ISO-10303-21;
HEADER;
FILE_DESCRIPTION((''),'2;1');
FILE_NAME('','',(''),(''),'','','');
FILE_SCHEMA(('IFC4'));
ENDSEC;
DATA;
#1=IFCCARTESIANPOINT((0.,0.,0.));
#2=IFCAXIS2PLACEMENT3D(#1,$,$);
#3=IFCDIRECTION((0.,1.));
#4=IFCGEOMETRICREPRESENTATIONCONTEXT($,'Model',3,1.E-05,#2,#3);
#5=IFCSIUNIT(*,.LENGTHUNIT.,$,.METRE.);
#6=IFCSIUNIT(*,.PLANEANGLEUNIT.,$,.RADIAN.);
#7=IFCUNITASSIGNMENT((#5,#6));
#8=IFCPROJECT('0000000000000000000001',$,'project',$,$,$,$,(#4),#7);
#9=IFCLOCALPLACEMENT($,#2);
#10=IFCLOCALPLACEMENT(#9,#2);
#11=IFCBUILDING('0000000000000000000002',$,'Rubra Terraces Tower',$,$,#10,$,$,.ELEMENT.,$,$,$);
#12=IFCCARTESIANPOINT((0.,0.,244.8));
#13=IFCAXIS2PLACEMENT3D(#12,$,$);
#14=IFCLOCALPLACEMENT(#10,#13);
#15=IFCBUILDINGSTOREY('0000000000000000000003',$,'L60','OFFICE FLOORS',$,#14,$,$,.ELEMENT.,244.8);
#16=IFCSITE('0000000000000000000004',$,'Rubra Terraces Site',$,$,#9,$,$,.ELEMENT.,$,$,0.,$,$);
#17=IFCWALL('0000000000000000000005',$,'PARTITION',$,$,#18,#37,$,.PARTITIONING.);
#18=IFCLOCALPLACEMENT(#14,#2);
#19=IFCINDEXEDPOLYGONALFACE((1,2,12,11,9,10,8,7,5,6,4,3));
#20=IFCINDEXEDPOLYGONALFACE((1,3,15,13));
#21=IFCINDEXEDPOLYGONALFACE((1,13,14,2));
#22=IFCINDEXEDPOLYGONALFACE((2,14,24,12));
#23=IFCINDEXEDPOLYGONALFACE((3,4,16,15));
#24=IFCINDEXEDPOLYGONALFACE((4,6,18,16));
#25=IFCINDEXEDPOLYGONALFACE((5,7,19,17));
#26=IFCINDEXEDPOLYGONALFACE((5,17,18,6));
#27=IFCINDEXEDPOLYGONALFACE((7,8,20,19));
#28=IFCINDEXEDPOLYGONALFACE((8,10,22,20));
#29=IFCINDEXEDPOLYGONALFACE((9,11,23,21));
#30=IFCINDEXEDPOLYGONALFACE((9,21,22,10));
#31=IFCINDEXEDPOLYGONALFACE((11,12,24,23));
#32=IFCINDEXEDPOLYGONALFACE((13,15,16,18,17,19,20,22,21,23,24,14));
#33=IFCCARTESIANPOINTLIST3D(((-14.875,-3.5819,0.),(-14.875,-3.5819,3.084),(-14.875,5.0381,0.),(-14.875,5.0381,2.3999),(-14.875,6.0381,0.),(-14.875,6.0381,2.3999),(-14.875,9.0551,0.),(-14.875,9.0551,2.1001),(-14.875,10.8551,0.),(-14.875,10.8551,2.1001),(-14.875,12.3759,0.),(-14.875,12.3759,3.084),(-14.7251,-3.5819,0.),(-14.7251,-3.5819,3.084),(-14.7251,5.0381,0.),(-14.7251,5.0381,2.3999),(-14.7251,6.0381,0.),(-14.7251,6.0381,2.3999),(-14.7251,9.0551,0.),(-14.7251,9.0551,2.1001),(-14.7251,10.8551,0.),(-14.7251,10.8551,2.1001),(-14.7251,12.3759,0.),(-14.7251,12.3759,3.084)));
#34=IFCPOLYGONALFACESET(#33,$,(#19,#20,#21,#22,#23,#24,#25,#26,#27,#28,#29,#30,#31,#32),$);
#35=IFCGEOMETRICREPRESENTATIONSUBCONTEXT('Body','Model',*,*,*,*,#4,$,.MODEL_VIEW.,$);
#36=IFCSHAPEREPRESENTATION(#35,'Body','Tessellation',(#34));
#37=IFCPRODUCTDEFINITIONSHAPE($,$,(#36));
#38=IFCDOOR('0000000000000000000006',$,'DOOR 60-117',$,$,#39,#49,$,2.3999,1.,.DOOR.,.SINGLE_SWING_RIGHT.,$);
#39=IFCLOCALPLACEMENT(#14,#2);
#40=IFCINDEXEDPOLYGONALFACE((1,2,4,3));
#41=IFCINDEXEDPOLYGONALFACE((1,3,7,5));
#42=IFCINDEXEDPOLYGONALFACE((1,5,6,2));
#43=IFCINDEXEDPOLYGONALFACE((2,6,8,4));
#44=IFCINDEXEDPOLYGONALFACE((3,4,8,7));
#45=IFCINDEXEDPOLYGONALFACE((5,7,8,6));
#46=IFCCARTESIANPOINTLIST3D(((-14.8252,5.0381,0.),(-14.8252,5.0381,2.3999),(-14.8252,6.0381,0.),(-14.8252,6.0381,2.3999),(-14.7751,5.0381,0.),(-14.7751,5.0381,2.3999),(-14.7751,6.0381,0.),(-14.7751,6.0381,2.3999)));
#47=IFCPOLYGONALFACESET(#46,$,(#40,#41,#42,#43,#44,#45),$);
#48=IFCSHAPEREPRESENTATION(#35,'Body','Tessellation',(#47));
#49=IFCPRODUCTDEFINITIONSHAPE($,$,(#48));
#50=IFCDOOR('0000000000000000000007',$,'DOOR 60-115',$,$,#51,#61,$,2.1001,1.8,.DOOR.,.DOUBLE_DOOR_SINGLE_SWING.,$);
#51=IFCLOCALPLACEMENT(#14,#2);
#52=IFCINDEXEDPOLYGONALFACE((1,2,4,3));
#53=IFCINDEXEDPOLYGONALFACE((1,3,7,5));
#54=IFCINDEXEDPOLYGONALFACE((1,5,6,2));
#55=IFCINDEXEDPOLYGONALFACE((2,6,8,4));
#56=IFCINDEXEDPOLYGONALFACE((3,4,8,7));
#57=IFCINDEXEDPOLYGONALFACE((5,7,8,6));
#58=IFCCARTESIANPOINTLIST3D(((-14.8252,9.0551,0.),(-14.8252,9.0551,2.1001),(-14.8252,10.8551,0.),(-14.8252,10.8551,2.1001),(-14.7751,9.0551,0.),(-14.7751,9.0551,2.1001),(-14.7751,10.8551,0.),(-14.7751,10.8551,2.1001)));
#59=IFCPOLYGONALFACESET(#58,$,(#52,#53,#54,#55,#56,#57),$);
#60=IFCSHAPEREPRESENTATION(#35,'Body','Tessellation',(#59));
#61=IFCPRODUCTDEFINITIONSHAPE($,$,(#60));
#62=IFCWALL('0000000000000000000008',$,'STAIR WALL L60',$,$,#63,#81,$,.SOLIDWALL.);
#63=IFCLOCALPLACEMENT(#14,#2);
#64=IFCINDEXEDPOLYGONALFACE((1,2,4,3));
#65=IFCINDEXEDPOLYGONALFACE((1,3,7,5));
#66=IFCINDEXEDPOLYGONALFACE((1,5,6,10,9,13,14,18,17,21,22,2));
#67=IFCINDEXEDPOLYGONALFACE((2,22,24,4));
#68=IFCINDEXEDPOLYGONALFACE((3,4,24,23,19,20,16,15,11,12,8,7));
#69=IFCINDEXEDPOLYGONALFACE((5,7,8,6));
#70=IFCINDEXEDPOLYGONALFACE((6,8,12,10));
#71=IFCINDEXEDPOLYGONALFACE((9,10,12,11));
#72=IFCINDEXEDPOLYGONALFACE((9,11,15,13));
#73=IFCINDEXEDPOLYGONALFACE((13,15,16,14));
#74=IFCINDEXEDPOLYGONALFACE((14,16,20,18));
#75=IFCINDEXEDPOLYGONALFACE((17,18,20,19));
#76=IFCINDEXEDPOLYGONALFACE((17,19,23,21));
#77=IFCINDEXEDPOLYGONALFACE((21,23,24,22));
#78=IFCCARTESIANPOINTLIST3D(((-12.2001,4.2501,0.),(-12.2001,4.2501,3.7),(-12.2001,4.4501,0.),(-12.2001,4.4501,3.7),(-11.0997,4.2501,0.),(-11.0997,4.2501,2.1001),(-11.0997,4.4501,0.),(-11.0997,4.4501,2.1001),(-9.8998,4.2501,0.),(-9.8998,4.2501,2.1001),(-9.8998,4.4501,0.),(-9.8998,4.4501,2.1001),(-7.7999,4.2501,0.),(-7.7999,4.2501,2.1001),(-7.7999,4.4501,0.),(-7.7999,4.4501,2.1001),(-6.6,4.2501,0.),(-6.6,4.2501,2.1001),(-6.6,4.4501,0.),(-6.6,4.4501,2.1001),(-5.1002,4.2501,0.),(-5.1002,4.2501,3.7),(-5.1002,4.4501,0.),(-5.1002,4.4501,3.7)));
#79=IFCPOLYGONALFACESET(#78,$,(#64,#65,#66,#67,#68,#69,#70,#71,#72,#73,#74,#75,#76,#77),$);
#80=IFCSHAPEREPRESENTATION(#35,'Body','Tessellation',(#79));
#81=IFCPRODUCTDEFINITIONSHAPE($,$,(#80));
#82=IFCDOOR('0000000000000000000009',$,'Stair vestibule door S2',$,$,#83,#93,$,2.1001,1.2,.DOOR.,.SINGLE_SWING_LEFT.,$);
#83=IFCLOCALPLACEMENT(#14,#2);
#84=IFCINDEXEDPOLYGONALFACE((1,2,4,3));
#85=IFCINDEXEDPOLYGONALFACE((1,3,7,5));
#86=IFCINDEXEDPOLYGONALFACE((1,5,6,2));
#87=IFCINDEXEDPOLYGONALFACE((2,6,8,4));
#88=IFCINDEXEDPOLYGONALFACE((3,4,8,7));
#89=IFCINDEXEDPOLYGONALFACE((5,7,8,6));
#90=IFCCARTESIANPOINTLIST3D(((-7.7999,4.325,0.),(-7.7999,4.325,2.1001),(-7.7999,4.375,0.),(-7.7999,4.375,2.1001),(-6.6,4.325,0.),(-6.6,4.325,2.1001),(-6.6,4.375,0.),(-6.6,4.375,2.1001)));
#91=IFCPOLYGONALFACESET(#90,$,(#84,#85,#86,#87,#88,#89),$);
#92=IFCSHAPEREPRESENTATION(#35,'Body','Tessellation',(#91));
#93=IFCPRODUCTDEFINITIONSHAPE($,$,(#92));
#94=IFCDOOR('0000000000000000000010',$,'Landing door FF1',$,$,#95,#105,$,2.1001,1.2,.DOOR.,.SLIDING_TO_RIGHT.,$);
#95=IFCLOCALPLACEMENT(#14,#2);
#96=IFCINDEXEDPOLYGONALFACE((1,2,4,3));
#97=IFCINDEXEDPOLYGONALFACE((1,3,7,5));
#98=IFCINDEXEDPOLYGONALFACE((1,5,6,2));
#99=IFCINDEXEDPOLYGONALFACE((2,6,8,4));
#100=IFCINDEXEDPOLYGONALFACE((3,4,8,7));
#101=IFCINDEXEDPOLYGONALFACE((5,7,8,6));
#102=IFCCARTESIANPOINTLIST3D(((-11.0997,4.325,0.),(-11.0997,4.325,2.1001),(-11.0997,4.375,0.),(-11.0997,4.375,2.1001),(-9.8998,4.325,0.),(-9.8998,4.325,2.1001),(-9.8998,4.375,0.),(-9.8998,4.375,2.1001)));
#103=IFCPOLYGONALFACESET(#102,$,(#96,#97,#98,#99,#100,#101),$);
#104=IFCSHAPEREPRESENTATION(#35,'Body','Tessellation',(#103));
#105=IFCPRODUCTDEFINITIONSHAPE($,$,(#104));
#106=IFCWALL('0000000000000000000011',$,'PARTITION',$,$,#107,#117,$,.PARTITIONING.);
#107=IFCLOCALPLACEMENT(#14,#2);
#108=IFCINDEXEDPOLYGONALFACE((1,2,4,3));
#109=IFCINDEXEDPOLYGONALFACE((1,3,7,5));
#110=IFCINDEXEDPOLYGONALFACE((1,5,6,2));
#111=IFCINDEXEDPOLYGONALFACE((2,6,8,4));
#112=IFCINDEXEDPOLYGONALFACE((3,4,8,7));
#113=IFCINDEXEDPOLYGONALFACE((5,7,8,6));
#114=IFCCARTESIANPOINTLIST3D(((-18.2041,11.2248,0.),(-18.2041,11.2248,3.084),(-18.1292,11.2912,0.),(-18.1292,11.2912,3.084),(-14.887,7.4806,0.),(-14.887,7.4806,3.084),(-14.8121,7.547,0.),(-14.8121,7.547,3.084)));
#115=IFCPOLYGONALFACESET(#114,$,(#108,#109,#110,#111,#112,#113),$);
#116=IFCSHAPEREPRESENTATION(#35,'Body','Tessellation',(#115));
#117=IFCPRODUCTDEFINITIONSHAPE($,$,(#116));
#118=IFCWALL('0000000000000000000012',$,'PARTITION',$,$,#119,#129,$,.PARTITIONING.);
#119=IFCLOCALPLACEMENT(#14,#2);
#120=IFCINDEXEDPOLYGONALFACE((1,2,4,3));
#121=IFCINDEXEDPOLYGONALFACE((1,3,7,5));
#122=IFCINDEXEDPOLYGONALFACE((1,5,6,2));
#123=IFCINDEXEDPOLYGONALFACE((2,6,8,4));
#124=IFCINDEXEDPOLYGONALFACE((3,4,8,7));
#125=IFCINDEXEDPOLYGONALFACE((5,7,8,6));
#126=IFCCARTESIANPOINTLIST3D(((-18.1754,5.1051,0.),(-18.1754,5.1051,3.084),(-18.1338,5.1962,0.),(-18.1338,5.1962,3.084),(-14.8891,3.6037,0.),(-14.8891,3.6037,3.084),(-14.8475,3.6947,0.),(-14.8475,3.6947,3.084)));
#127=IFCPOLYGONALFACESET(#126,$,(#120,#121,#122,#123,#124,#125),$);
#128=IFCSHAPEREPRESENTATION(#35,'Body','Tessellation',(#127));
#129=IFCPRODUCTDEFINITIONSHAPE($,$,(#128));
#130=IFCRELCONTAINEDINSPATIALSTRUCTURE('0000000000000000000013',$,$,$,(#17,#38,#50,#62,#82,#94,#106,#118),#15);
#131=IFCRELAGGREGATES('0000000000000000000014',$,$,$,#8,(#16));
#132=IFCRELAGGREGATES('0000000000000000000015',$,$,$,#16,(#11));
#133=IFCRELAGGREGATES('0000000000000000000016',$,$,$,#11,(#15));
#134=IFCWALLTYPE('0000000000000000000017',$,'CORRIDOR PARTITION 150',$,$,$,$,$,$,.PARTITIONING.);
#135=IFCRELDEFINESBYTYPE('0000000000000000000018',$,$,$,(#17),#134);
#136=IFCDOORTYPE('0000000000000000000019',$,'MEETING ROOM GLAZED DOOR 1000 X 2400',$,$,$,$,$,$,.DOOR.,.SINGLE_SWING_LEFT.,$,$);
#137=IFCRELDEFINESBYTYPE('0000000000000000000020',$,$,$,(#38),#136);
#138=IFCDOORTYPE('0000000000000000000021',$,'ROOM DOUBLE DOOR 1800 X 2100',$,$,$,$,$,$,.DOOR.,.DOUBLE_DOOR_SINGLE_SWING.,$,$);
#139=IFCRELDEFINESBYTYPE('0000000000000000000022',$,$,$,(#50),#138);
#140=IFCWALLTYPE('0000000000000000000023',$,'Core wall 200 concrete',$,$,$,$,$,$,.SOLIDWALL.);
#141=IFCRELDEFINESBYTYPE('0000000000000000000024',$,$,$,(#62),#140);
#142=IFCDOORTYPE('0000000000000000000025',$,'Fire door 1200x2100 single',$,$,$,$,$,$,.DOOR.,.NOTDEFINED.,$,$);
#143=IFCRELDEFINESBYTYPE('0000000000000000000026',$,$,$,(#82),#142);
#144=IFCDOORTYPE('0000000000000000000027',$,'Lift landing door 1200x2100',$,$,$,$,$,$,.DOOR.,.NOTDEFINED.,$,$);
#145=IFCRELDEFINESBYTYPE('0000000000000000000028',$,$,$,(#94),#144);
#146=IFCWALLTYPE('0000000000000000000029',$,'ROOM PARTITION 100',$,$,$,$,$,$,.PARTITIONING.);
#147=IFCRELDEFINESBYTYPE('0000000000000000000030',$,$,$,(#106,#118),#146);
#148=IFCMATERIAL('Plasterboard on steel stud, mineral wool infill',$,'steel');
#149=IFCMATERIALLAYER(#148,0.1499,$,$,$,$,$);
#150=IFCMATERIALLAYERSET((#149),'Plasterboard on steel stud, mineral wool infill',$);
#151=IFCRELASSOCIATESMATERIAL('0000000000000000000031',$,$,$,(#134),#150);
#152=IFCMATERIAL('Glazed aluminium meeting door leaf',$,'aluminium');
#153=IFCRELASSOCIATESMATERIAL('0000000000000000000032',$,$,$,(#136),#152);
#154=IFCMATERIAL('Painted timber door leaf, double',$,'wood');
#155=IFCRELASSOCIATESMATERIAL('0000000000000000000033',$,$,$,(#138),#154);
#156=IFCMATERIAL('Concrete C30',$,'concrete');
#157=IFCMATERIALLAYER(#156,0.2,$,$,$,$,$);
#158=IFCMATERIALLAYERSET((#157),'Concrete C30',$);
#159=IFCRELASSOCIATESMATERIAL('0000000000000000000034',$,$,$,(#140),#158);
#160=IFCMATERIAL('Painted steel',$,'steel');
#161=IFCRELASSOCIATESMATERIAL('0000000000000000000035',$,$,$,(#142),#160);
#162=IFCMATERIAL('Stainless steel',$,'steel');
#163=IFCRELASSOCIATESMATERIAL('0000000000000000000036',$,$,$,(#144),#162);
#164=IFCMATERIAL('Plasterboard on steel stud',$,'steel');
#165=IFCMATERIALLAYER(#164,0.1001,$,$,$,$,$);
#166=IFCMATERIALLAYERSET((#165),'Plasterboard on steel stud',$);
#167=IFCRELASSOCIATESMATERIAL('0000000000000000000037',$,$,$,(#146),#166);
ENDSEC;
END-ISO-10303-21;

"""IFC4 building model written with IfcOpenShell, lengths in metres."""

from ifc_helpers import new_model, si_unit, direction, frame, frame_2d, origin, place, context, subcontext, project, spatial, rectangle, extrude, material, layer, layer_set, type_object, element, fill, save


model = new_model("IFC4")

# Units and contexts
model_context = context("Model", 3, precision=1e-05, world=origin(), true_north=direction((0.0, 1.0)))
body_context = subcontext(model_context, "Body", "Model", "MODEL_VIEW")
ifc_project = project(units=[si_unit("LENGTHUNIT", "METRE"), si_unit("PLANEANGLEUNIT", "RADIAN")], contexts=[model_context])

# Site, building, storey
site_placement = place(None, origin())
site = spatial("IfcSite", under=ifc_project, at=site_placement, Name="Rubra Terraces Site", CompositionType="ELEMENT", RefElevation=0.0)
building_placement = place(site_placement, origin())
building = spatial("IfcBuilding", under=site, at=building_placement, Name="Rubra Terraces Tower", CompositionType="ELEMENT")
storey_placement = place(building_placement, frame((0.0, 0.0, 244.8)))
storey = spatial("IfcBuildingStorey", under=building, at=storey_placement, Name="L60", Description="OFFICE FLOORS", CompositionType="ELEMENT", Elevation=244.8)

# Walls, openings, doors
ifc_material_1 = material(Name="Painted steel", Category="steel")
ifc_material_2 = material(Name="Plasterboard on steel stud, mineral wool infill", Category="steel")
ifc_layer_1 = layer(ifc_material_2, 0.1499)
ifc_layer_set_1 = layer_set([ifc_layer_1], Name="Plasterboard on steel stud, mineral wool infill")
wall_type_1 = type_object("IfcWallType", Name="CORRIDOR PARTITION 150", PredefinedType="PARTITIONING", material=ifc_layer_set_1)
wall_1_placement = place(storey_placement, frame((-14.8, 12.376, 0.0), z_axis=(0.0, 0.0, 1.0), x_axis=(0.0, -1.0, 0.0)))
wall_1 = element("IfcWall", 1, at=wall_1_placement, inside=storey, type_object=wall_type_1, Name="PARTITION", PredefinedType="PARTITIONING", context=body_context, shape_type="SweptSolid", body=[
    extrude(rectangle(XDim=15.9578, YDim=0.1499, at=frame_2d((7.979, 0.0))), origin(), (0.0, 0.0, 1.0), 3.084),
])
opening_1_placement = place(wall_1_placement, frame((1.521, 0.0, 0.0)))
opening_1 = element("IfcOpeningElement", 2, at=opening_1_placement, cuts=wall_1, PredefinedType="OPENING", context=body_context, shape_type="SweptSolid", body=[
    extrude(rectangle(XDim=1.8, YDim=2.1001, at=frame_2d((0.8999, 1.05))), frame((0.0, 0.085, 0.0), z_axis=(0.0, -1.0, 0.0), x_axis=(1.0, 0.0, 0.0)), (0.0, 0.0, 1.0), 0.1699),
])
opening_2_placement = place(wall_1_placement, frame((6.3379, 0.0, 0.0)))
opening_2 = element("IfcOpeningElement", 3, at=opening_2_placement, cuts=wall_1, PredefinedType="OPENING", context=body_context, shape_type="SweptSolid", body=[
    extrude(rectangle(XDim=1.0, YDim=2.3999, at=frame_2d((0.5, 1.2))), frame((0.0, 0.085, 0.0), z_axis=(0.0, -1.0, 0.0), x_axis=(1.0, 0.0, 0.0)), (0.0, 0.0, 1.0), 0.1699),
])
ifc_material_3 = material(Name="Glazed aluminium meeting door leaf", Category="aluminium")
door_type_1 = type_object("IfcDoorType", Name="MEETING ROOM GLAZED DOOR 1000 X 2400", OperationType="SINGLE_SWING_LEFT", PredefinedType="DOOR", material=ifc_material_3)
door_1_placement = place(opening_2_placement, origin())
door_1 = element("IfcDoor", 4, at=door_1_placement, inside=storey, type_object=door_type_1, Name="DOOR 60-117", OperationType="SINGLE_SWING_RIGHT", OverallHeight=2.3999, OverallWidth=1.0, PredefinedType="DOOR", context=body_context, shape_type="SweptSolid", body=[
    extrude(rectangle(XDim=1.0, YDim=2.3999, at=frame_2d((0.5, 1.2))), frame((0.0, 0.0249, 0.0), z_axis=(0.0, -1.0, 0.0), x_axis=(1.0, 0.0, 0.0)), (0.0, 0.0, 1.0), 0.05),
])
fill(opening_2, door_1)
ifc_material_4 = material(Name="Painted timber door leaf, double", Category="wood")
door_type_2 = type_object("IfcDoorType", Name="ROOM DOUBLE DOOR 1800 X 2100", OperationType="DOUBLE_DOOR_SINGLE_SWING", PredefinedType="DOOR", material=ifc_material_4)
door_2_placement = place(opening_1_placement, origin())
door_2 = element("IfcDoor", 5, at=door_2_placement, inside=storey, type_object=door_type_2, Name="DOOR 60-115", OperationType="DOUBLE_DOOR_SINGLE_SWING", OverallHeight=2.1001, OverallWidth=1.8, PredefinedType="DOOR", context=body_context, shape_type="SweptSolid", body=[
    extrude(rectangle(XDim=1.8, YDim=2.1001, at=frame_2d((0.8999, 1.05))), frame((0.0, 0.0249, 0.0), z_axis=(0.0, -1.0, 0.0), x_axis=(1.0, 0.0, 0.0)), (0.0, 0.0, 1.0), 0.05),
])
fill(opening_1, door_2)
ifc_material_5 = material(Name="Concrete C30", Category="concrete")
ifc_layer_2 = layer(ifc_material_5, 0.2)
ifc_layer_set_2 = layer_set([ifc_layer_2], Name="Concrete C30")
wall_type_2 = type_object("IfcWallType", Name="Core wall 200 concrete", PredefinedType="SOLIDWALL", material=ifc_layer_set_2)
wall_2_placement = place(storey_placement, frame((-12.2, 4.3501, 0.0), z_axis=(0.0, 0.0, 1.0), x_axis=(1.0, 0.0, 0.0)))
wall_2 = element("IfcWall", 6, at=wall_2_placement, inside=storey, type_object=wall_type_2, Name="STAIR WALL L60", PredefinedType="SOLIDWALL", context=body_context, shape_type="SweptSolid", body=[
    extrude(rectangle(XDim=7.0999, YDim=0.2, at=frame_2d((3.5498, 0.0))), origin(), (0.0, 0.0, 1.0), 3.7),
])
opening_3_placement = place(wall_2_placement, frame((4.3999, 0.0, 0.0)))
opening_3 = element("IfcOpeningElement", 7, at=opening_3_placement, cuts=wall_2, PredefinedType="OPENING", context=body_context, shape_type="SweptSolid", body=[
    extrude(rectangle(XDim=1.2, YDim=2.1001, at=frame_2d((0.6001, 1.05))), frame((0.0, 0.1099, 0.0), z_axis=(0.0, -1.0, 0.0), x_axis=(1.0, 0.0, 0.0)), (0.0, 0.0, 1.0), 0.22),
])
opening_4_placement = place(wall_2_placement, frame((1.1001, 0.0, 0.0)))
opening_4 = element("IfcOpeningElement", 8, at=opening_4_placement, cuts=wall_2, PredefinedType="OPENING", context=body_context, shape_type="SweptSolid", body=[
    extrude(rectangle(XDim=1.2, YDim=2.1001, at=frame_2d((0.6001, 1.05))), frame((0.0, 0.1099, 0.0), z_axis=(0.0, -1.0, 0.0), x_axis=(1.0, 0.0, 0.0)), (0.0, 0.0, 1.0), 0.22),
])
door_type_3 = type_object("IfcDoorType", Name="Fire door 1200x2100 single", OperationType="NOTDEFINED", PredefinedType="DOOR", material=ifc_material_1)
door_3_placement = place(opening_3_placement, origin())
door_3 = element("IfcDoor", 9, at=door_3_placement, inside=storey, type_object=door_type_3, Name="Stair vestibule door S2", OperationType="SINGLE_SWING_LEFT", OverallHeight=2.1001, OverallWidth=1.2, PredefinedType="DOOR", context=body_context, shape_type="SweptSolid", body=[
    extrude(rectangle(XDim=1.2, YDim=2.1001, at=frame_2d((0.6001, 1.05))), frame((0.0, 0.0249, 0.0), z_axis=(0.0, -1.0, 0.0), x_axis=(1.0, 0.0, 0.0)), (0.0, 0.0, 1.0), 0.05),
])
fill(opening_3, door_3)
ifc_material_6 = material(Name="Stainless steel", Category="steel")
door_type_4 = type_object("IfcDoorType", Name="Lift landing door 1200x2100", OperationType="NOTDEFINED", PredefinedType="DOOR", material=ifc_material_6)
door_4_placement = place(opening_4_placement, origin())
door_4 = element("IfcDoor", 10, at=door_4_placement, inside=storey, type_object=door_type_4, Name="Landing door FF1", OperationType="SLIDING_TO_RIGHT", OverallHeight=2.1001, OverallWidth=1.2, PredefinedType="DOOR", context=body_context, shape_type="SweptSolid", body=[
    extrude(rectangle(XDim=1.2, YDim=2.1001, at=frame_2d((0.6001, 1.05))), frame((0.0, 0.0249, 0.0), z_axis=(0.0, -1.0, 0.0), x_axis=(1.0, 0.0, 0.0)), (0.0, 0.0, 1.0), 0.05),
])
fill(opening_4, door_4)

# Walls
ifc_material_7 = material(Name="Plasterboard on steel stud", Category="steel")
ifc_layer_3 = layer(ifc_material_7, 0.1001)
ifc_layer_set_3 = layer_set([ifc_layer_3], Name="Plasterboard on steel stud")
wall_type_3 = type_object("IfcWallType", Name="ROOM PARTITION 100", PredefinedType="PARTITIONING", material=ifc_layer_set_3)
wall_3_placement = place(storey_placement, frame((-14.8496, 7.5139, 0.0), z_axis=(0.0, 0.0, 1.0), x_axis=(-0.663136, 0.748499, 0.0)))
element("IfcWall", 11, at=wall_3_placement, inside=storey, type_object=wall_type_3, Name="PARTITION", PredefinedType="PARTITIONING", context=body_context, shape_type="SweptSolid", body=[
    extrude(rectangle(XDim=5.0022, YDim=0.1001, at=frame_2d((2.501, 0.0))), origin(), (0.0, 0.0, 1.0), 3.084),
])
wall_4_placement = place(storey_placement, frame((-14.8682, 3.6492, 0.0), z_axis=(0.0, 0.0, 1.0), x_axis=(-0.909566, 0.415559, 0.0)))
element("IfcWall", 12, at=wall_4_placement, inside=storey, type_object=wall_type_3, Name="PARTITION", PredefinedType="PARTITIONING", context=body_context, shape_type="SweptSolid", body=[
    extrude(rectangle(XDim=3.613, YDim=0.1001, at=frame_2d((1.8066, 0.0))), origin(), (0.0, 0.0, 1.0), 3.084),
])

save(model, "model.ifc")
